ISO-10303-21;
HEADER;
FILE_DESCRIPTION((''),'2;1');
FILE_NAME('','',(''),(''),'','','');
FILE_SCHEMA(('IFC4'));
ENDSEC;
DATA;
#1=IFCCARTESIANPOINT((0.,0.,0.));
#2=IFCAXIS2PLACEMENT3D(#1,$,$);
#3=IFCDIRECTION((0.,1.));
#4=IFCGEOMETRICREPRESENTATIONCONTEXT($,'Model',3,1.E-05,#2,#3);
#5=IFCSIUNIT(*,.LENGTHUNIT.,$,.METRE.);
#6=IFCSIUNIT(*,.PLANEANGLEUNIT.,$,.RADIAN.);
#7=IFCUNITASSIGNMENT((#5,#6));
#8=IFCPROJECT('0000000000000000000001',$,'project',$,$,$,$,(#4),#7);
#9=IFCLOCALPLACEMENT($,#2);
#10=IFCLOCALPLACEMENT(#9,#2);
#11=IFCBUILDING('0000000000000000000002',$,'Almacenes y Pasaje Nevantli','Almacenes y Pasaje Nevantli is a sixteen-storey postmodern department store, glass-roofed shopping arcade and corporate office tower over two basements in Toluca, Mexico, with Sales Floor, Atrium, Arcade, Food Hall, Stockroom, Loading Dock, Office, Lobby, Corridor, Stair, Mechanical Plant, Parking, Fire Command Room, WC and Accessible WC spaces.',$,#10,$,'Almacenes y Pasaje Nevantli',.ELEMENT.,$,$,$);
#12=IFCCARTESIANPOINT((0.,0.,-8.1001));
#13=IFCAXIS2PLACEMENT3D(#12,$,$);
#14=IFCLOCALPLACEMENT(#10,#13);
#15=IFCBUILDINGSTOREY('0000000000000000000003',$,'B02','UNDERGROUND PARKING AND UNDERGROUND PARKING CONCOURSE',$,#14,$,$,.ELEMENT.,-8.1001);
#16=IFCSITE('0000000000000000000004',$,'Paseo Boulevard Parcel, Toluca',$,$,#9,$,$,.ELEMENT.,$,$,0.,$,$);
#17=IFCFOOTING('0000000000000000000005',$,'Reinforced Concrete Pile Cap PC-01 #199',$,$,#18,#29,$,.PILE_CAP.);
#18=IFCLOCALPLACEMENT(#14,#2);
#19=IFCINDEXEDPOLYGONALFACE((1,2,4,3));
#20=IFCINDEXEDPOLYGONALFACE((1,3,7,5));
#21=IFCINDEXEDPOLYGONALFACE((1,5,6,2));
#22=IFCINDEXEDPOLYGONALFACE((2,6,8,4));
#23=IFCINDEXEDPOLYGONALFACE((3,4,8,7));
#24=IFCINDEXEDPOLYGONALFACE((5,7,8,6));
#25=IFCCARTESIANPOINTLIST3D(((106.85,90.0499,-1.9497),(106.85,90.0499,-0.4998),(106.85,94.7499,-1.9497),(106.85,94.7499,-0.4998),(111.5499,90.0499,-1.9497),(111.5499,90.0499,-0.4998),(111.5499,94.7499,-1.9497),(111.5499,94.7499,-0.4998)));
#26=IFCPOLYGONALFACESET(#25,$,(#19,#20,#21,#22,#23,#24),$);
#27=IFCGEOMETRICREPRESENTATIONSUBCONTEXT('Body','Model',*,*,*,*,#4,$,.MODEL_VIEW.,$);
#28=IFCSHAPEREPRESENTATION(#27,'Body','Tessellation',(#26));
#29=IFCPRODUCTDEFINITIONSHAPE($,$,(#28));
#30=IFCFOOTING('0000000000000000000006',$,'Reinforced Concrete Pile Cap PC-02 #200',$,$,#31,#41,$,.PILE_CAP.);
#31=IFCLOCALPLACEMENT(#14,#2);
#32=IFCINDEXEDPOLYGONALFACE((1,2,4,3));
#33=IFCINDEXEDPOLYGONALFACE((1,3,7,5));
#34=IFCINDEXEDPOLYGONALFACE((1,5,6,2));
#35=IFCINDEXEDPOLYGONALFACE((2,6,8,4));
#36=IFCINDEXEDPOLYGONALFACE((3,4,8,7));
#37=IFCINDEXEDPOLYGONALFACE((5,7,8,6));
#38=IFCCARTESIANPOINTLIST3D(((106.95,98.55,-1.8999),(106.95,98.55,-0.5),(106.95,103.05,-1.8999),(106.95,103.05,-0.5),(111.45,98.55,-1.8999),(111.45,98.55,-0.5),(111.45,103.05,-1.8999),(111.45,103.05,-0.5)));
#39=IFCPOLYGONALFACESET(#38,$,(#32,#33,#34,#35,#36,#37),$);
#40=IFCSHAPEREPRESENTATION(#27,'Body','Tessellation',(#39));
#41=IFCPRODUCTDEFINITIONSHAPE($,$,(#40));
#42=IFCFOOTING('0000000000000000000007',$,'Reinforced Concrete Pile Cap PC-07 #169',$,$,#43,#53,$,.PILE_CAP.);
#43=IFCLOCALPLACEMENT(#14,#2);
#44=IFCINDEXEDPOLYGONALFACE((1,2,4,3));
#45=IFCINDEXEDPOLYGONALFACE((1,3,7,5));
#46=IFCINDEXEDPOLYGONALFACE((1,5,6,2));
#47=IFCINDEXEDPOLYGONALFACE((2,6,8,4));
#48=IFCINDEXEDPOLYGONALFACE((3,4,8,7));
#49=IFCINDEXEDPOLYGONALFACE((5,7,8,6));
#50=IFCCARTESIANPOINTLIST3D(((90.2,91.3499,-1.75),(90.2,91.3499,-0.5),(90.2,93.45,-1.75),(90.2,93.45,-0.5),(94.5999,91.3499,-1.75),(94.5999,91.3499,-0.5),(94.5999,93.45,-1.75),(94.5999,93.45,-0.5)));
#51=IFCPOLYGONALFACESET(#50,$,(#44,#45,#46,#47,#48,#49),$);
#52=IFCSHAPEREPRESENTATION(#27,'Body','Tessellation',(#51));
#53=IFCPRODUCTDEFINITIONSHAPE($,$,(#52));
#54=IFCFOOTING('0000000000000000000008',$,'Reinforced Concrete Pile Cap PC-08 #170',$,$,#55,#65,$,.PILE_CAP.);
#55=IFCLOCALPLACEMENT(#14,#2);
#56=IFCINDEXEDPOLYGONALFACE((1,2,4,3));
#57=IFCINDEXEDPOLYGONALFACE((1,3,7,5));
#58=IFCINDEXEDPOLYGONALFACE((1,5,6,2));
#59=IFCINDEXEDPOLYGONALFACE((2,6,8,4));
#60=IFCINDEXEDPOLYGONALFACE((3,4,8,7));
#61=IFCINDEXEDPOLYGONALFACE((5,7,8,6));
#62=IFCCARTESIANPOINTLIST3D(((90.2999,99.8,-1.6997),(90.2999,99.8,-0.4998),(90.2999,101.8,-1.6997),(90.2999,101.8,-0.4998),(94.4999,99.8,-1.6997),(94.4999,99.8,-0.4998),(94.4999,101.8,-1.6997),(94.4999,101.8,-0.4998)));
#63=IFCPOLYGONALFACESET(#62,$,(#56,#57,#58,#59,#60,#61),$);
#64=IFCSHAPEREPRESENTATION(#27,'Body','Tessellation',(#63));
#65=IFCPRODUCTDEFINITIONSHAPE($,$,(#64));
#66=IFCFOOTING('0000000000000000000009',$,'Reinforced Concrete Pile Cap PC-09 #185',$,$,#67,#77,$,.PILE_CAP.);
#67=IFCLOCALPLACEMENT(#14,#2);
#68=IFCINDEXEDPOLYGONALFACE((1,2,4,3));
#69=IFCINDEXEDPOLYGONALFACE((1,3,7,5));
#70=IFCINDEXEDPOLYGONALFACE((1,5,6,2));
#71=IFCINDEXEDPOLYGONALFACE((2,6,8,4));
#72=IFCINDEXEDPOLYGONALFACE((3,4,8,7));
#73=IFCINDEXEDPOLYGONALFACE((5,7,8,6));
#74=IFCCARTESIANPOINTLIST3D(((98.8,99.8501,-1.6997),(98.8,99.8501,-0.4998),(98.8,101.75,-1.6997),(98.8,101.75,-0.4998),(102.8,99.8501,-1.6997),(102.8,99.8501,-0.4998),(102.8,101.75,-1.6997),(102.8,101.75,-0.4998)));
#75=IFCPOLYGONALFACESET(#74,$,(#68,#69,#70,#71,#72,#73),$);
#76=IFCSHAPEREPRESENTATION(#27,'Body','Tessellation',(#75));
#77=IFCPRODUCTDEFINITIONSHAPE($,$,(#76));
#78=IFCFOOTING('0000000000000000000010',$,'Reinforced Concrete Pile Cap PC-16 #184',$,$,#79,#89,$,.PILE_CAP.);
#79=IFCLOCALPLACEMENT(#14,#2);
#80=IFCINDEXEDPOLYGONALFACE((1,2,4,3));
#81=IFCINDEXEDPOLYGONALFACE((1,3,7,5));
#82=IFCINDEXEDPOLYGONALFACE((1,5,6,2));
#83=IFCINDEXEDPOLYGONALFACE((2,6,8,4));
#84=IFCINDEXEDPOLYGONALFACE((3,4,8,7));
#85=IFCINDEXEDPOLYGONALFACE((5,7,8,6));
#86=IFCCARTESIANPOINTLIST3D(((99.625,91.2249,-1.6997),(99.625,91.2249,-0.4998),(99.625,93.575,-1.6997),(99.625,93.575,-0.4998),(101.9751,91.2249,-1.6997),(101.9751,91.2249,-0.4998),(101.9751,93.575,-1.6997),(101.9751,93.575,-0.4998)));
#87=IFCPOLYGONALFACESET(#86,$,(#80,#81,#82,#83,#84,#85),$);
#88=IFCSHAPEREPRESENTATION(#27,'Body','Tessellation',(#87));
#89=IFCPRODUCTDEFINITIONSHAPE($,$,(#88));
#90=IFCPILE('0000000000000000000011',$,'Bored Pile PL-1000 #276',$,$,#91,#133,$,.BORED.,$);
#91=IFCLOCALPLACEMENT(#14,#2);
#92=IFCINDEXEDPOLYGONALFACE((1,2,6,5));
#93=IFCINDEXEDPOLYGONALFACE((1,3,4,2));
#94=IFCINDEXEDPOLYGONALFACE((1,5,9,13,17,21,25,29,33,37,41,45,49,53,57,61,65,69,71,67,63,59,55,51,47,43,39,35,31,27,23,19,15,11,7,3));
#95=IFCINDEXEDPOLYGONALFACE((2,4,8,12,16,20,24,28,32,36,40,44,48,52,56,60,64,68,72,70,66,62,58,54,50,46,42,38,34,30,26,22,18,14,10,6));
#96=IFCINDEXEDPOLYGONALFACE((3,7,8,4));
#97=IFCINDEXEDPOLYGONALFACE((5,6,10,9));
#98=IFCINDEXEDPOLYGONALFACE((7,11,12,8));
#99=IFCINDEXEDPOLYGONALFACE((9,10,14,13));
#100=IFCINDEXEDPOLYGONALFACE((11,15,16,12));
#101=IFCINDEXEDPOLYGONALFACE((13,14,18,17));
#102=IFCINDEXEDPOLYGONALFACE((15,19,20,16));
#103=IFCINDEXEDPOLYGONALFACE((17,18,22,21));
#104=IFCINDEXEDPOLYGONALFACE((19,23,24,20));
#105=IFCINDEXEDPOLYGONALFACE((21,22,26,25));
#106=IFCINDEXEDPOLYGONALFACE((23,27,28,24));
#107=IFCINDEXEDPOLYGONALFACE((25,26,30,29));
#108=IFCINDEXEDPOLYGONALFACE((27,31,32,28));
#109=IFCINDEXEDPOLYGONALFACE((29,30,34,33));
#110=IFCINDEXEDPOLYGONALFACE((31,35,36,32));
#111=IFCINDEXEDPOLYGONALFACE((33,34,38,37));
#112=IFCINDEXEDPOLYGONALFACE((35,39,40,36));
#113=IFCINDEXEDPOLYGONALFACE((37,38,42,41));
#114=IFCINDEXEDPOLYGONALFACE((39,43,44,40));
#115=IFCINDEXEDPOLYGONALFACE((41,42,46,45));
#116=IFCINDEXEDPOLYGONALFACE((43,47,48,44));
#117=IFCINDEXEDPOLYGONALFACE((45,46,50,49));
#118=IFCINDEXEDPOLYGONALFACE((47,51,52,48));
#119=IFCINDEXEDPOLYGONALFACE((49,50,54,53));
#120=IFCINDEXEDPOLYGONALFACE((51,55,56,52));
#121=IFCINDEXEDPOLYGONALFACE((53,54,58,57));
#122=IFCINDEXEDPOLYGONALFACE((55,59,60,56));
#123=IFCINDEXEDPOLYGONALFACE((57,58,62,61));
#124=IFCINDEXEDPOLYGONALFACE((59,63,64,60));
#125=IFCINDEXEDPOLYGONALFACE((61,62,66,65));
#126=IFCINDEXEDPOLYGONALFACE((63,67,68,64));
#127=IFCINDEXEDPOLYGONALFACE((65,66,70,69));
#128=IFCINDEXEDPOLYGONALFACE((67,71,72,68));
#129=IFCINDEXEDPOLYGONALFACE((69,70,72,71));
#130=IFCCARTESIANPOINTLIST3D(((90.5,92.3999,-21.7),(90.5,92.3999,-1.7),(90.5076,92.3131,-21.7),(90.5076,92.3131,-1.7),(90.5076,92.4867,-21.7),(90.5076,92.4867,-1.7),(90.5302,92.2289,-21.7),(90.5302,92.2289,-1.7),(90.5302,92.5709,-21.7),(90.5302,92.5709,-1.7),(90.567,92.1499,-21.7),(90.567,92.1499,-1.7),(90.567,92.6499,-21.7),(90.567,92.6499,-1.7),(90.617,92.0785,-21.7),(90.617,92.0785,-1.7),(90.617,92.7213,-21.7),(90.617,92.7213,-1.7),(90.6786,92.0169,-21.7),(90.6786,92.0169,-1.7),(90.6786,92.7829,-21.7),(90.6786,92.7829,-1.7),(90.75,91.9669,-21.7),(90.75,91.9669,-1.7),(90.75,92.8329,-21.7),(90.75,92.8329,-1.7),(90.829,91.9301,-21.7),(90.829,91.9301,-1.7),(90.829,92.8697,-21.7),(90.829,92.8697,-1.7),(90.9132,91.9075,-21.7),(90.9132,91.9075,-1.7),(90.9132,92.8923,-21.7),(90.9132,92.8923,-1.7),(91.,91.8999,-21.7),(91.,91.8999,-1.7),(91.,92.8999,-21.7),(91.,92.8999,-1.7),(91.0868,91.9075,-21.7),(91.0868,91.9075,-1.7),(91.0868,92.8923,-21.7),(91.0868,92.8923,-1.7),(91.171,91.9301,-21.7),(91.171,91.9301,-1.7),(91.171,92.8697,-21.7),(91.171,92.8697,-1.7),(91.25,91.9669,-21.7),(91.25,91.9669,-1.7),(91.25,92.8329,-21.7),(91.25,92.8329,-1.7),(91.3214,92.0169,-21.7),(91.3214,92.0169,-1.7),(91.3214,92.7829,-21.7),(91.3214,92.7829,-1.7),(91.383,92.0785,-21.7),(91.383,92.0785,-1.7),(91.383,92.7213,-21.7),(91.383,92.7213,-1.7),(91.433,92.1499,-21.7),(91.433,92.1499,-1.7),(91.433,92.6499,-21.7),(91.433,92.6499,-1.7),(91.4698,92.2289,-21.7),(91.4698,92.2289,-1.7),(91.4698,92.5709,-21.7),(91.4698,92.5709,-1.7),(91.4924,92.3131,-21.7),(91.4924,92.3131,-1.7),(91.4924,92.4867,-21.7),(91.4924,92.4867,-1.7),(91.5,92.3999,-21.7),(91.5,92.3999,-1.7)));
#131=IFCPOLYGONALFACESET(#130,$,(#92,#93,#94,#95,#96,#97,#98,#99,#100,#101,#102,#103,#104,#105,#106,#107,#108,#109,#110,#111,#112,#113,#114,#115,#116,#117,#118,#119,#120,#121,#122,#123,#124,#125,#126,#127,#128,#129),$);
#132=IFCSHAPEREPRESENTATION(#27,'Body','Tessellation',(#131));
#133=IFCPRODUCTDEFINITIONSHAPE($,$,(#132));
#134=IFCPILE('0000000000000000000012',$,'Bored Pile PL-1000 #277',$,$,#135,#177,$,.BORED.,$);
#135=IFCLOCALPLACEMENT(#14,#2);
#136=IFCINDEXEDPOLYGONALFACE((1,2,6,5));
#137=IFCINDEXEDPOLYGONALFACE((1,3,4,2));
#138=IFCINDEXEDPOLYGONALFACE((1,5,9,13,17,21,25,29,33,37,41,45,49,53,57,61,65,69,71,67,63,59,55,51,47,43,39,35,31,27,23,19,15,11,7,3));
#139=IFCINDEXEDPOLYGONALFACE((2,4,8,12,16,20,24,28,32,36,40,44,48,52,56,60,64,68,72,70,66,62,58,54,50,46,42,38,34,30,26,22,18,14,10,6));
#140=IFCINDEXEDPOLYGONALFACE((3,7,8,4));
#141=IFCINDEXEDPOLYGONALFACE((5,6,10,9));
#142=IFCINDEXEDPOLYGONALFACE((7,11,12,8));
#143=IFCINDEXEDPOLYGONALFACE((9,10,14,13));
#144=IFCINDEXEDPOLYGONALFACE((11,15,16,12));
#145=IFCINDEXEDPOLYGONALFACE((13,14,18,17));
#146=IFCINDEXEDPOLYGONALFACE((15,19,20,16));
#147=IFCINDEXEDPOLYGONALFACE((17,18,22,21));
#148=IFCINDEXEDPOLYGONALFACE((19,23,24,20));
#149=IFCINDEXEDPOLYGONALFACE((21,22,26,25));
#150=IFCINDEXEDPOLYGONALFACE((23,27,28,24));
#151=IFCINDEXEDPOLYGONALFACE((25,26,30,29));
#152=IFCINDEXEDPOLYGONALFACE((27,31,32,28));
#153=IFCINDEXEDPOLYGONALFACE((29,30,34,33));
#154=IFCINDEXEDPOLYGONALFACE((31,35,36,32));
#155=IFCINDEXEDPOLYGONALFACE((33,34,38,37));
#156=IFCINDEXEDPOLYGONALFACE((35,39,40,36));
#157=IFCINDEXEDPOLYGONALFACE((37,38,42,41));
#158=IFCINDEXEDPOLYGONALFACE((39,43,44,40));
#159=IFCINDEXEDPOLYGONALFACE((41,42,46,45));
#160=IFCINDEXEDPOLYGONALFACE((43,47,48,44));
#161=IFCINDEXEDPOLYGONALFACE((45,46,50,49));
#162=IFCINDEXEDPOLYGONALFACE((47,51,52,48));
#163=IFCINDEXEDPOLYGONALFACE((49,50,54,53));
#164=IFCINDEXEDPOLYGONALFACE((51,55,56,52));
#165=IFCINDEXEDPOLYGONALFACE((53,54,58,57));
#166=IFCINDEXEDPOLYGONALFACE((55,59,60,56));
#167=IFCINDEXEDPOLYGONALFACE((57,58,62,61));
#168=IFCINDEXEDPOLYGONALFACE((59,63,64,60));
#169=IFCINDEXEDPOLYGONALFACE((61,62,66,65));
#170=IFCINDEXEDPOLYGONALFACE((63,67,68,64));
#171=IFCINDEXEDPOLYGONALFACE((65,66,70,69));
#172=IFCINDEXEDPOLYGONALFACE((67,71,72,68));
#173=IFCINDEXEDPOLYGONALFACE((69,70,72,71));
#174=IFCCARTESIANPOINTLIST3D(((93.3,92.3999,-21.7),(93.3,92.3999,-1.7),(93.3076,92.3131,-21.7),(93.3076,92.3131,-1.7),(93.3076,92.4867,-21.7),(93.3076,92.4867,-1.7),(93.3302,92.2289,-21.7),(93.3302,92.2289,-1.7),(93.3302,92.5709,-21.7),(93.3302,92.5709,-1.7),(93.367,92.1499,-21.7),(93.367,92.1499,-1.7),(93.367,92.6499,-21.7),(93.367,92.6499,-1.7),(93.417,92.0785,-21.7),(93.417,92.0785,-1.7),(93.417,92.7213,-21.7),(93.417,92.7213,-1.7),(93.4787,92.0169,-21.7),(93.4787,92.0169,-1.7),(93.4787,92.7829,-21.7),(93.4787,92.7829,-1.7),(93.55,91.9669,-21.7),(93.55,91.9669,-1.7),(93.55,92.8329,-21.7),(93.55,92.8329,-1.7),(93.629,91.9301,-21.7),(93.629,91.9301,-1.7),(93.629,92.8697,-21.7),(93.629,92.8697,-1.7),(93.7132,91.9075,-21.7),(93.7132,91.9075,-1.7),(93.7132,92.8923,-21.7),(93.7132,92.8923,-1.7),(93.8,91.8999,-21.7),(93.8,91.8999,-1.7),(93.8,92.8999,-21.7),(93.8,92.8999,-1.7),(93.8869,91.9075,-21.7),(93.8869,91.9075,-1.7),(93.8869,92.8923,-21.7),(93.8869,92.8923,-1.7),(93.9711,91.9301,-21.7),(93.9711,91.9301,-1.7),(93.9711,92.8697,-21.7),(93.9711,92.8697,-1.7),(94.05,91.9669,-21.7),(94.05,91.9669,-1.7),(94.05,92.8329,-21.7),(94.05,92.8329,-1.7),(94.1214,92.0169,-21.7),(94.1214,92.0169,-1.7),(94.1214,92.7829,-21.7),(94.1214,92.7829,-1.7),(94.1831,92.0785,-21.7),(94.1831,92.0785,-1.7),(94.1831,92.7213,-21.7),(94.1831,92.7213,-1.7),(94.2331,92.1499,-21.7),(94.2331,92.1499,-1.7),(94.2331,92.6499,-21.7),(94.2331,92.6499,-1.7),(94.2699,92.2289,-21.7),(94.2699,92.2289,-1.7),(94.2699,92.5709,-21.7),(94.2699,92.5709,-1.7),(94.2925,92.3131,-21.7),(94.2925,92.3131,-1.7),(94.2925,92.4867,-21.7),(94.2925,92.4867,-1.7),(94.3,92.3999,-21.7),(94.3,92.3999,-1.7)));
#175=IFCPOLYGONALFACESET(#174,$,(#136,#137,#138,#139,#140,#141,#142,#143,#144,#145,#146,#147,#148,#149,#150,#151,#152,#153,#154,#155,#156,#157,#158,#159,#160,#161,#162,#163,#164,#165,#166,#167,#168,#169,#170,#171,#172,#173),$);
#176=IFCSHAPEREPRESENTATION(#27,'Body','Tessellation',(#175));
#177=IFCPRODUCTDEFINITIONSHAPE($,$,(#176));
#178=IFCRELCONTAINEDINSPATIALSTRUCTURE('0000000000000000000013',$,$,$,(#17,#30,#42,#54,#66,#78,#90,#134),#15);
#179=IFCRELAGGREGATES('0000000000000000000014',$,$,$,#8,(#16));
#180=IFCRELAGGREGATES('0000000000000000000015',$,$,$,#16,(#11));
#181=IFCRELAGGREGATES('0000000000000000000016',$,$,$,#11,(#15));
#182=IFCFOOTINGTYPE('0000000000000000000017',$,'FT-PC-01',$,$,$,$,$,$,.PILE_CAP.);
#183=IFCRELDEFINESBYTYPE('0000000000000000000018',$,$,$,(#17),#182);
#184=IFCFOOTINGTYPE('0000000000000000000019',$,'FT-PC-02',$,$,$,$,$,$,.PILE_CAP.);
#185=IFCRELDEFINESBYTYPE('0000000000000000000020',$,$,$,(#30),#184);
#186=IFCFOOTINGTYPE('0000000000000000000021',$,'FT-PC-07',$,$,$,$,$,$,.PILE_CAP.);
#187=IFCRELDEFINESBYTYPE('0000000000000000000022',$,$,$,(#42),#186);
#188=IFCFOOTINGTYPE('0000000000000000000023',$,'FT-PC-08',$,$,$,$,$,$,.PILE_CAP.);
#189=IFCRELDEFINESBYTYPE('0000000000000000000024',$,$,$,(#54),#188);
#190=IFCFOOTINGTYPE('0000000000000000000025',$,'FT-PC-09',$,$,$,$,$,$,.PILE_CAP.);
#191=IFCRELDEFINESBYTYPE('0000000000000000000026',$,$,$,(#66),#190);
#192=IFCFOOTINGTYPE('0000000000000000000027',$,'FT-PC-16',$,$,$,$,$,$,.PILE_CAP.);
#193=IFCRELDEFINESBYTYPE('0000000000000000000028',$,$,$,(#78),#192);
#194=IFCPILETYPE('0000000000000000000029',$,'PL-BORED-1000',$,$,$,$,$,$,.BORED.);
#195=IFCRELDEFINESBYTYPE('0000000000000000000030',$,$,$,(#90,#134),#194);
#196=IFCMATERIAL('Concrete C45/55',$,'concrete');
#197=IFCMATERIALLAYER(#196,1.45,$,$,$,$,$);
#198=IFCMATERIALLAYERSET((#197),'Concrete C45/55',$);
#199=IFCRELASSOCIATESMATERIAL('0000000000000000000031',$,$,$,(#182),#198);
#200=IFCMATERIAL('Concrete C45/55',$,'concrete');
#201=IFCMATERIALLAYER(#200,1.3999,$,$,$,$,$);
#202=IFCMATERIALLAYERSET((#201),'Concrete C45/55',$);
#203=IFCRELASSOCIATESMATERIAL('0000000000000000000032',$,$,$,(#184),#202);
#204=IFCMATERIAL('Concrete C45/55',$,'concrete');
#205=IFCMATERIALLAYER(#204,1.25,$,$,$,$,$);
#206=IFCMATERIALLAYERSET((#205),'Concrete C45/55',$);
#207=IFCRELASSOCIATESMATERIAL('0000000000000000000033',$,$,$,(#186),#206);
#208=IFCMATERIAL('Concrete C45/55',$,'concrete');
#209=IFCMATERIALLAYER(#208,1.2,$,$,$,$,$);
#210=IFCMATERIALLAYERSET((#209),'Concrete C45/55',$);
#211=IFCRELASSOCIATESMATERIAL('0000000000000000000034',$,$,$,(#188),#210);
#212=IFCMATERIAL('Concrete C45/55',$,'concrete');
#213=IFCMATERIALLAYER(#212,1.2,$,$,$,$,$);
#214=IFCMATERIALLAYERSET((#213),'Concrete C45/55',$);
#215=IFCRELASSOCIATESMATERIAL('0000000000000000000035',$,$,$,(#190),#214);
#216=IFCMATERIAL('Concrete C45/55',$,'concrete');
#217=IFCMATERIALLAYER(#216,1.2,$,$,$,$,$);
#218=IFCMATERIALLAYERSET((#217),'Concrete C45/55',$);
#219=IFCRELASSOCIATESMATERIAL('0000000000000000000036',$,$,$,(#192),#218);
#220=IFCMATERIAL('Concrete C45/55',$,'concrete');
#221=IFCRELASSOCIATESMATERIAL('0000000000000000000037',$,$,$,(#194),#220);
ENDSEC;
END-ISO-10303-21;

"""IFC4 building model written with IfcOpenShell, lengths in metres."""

from ifc_helpers import new_model, si_unit, direction, frame, origin, origin_2d, place, context, subcontext, project, spatial, rectangle, circle, extrude, material, layer, layer_set, material_profile, profile_set, type_object, element, save


model = new_model("IFC4")

# Units and contexts
model_context = context("Model", 3, precision=1e-05, world=origin(), true_north=direction((0.0, 1.0)))
body_context = subcontext(model_context, "Body", "Model", "MODEL_VIEW")
ifc_project = project(units=[si_unit("LENGTHUNIT", "METRE"), si_unit("PLANEANGLEUNIT", "RADIAN")], contexts=[model_context])

# Site, building, storey
site_placement = place(None, origin())
site = spatial("IfcSite", under=ifc_project, at=site_placement, Name="Paseo Boulevard Parcel, Toluca", CompositionType="ELEMENT", RefElevation=0.0)
building_placement = place(site_placement, origin())
building = spatial("IfcBuilding", under=site, at=building_placement, Name="Almacenes y Pasaje Nevantli", Description="Almacenes y Pasaje Nevantli is a sixteen-storey postmodern department store, glass-roofed shopping arcade and corporate office tower over two basements in Toluca, Mexico, with Sales Floor, Atrium, Arcade, Food Hall, Stockroom, Loading Dock, Office, Lobby, Corridor, Stair, Mechanical Plant, Parking, Fire Command Room, WC and Accessible WC spaces.", LongName="Almacenes y Pasaje Nevantli", CompositionType="ELEMENT")
storey_placement = place(building_placement, frame((0.0, 0.0, -8.1001)))
storey = spatial("IfcBuildingStorey", under=building, at=storey_placement, Name="B02", Description="UNDERGROUND PARKING AND UNDERGROUND PARKING CONCOURSE", CompositionType="ELEMENT", Elevation=-8.1001)

# Footings
ifc_material_1 = material(Name="Concrete C45/55", Category="concrete")
ifc_layer_1 = layer(ifc_material_1, 1.45)
ifc_layer_set_1 = layer_set([ifc_layer_1], Name="Concrete C45/55")
footing_type_1 = type_object("IfcFootingType", Name="FT-PC-01", PredefinedType="PILE_CAP", material=ifc_layer_set_1)
footing_1_placement = place(storey_placement, frame((109.2, 92.3999, -1.9497), z_axis=(0.0, 0.0, 1.0), x_axis=(1.0, 0.0, 0.0)))
element("IfcFooting", 1, at=footing_1_placement, inside=storey, type_object=footing_type_1, Name="Reinforced Concrete Pile Cap PC-01 #199", PredefinedType="PILE_CAP", context=body_context, shape_type="SweptSolid", body=[
    extrude(rectangle(XDim=4.7, YDim=4.7, at=origin_2d()), origin(), (0.0, 0.0, 1.0), 1.45),
])
ifc_material_2 = material(Name="Concrete C45/55", Category="concrete")
ifc_layer_2 = layer(ifc_material_2, 1.3999)
ifc_layer_set_2 = layer_set([ifc_layer_2], Name="Concrete C45/55")
footing_type_2 = type_object("IfcFootingType", Name="FT-PC-02", PredefinedType="PILE_CAP", material=ifc_layer_set_2)
footing_2_placement = place(storey_placement, frame((109.2, 100.8, -1.8999), z_axis=(0.0, 0.0, 1.0), x_axis=(1.0, 0.0, 0.0)))
element("IfcFooting", 2, at=footing_2_placement, inside=storey, type_object=footing_type_2, Name="Reinforced Concrete Pile Cap PC-02 #200", PredefinedType="PILE_CAP", context=body_context, shape_type="SweptSolid", body=[
    extrude(rectangle(XDim=4.5, YDim=4.5, at=origin_2d()), origin(), (0.0, 0.0, 1.0), 1.3999),
])
ifc_material_3 = material(Name="Concrete C45/55", Category="concrete")
ifc_layer_3 = layer(ifc_material_3, 1.25)
ifc_layer_set_3 = layer_set([ifc_layer_3], Name="Concrete C45/55")
footing_type_3 = type_object("IfcFootingType", Name="FT-PC-07", PredefinedType="PILE_CAP", material=ifc_layer_set_3)
footing_3_placement = place(storey_placement, frame((92.3999, 92.3999, -1.75), z_axis=(0.0, 0.0, 1.0), x_axis=(1.0, 0.0, 0.0)))
element("IfcFooting", 3, at=footing_3_placement, inside=storey, type_object=footing_type_3, Name="Reinforced Concrete Pile Cap PC-07 #169", PredefinedType="PILE_CAP", context=body_context, shape_type="SweptSolid", body=[
    extrude(rectangle(XDim=4.3999, YDim=2.1001, at=origin_2d()), origin(), (0.0, 0.0, 1.0), 1.25),
])
ifc_material_4 = material(Name="Concrete C45/55", Category="concrete")
ifc_layer_4 = layer(ifc_material_4, 1.2)
ifc_layer_set_4 = layer_set([ifc_layer_4], Name="Concrete C45/55")
footing_type_4 = type_object("IfcFootingType", Name="FT-PC-08", PredefinedType="PILE_CAP", material=ifc_layer_set_4)
footing_4_placement = place(storey_placement, frame((92.3999, 100.8, -1.6997), z_axis=(0.0, 0.0, 1.0), x_axis=(1.0, 0.0, 0.0)))
element("IfcFooting", 4, at=footing_4_placement, inside=storey, type_object=footing_type_4, Name="Reinforced Concrete Pile Cap PC-08 #170", PredefinedType="PILE_CAP", context=body_context, shape_type="SweptSolid", body=[
    extrude(rectangle(XDim=4.2, YDim=2.0, at=origin_2d()), origin(), (0.0, 0.0, 1.0), 1.2),
])
ifc_material_5 = material(Name="Concrete C45/55", Category="concrete")
ifc_layer_5 = layer(ifc_material_5, 1.2)
ifc_layer_set_5 = layer_set([ifc_layer_5], Name="Concrete C45/55")
footing_type_5 = type_object("IfcFootingType", Name="FT-PC-09", PredefinedType="PILE_CAP", material=ifc_layer_set_5)
footing_5_placement = place(storey_placement, frame((100.8, 100.8, -1.6997), z_axis=(0.0, 0.0, 1.0), x_axis=(1.0, 0.0, 0.0)))
element("IfcFooting", 5, at=footing_5_placement, inside=storey, type_object=footing_type_5, Name="Reinforced Concrete Pile Cap PC-09 #185", PredefinedType="PILE_CAP", context=body_context, shape_type="SweptSolid", body=[
    extrude(rectangle(XDim=4.0, YDim=1.8999, at=origin_2d()), origin(), (0.0, 0.0, 1.0), 1.2),
])
ifc_material_6 = material(Name="Concrete C45/55", Category="concrete")
ifc_layer_6 = layer(ifc_material_6, 1.2)
ifc_layer_set_6 = layer_set([ifc_layer_6], Name="Concrete C45/55")
footing_type_6 = type_object("IfcFootingType", Name="FT-PC-16", PredefinedType="PILE_CAP", material=ifc_layer_set_6)
footing_6_placement = place(storey_placement, frame((100.8, 92.3999, -1.6997), z_axis=(0.0, 0.0, 1.0), x_axis=(1.0, 0.0, 0.0)))
element("IfcFooting", 6, at=footing_6_placement, inside=storey, type_object=footing_type_6, Name="Reinforced Concrete Pile Cap PC-16 #184", PredefinedType="PILE_CAP", context=body_context, shape_type="SweptSolid", body=[
    extrude(rectangle(XDim=2.3501, YDim=2.3501, at=origin_2d()), origin(), (0.0, 0.0, 1.0), 1.2),
])

# Piles
ifc_material_7 = material(Name="Concrete C45/55", Category="concrete")
ifc_material_profile_1 = material_profile(ifc_material_7, circle(Radius=0.5, at=origin_2d()), Name="RC-PILE-D1000")
ifc_profile_set_1 = profile_set([ifc_material_profile_1], Name="Concrete C45/55")
pile_type_1 = type_object("IfcPileType", Name="PL-BORED-1000", PredefinedType="BORED", material=ifc_profile_set_1)
for number, where, z_axis, x_axis, name in (
    (7, (91.0, 92.3999, -1.7), (0.0, 0.0, -1.0), (1.0, 0.0, 0.0), "Bored Pile PL-1000 #276"),
    (8, (93.8, 92.3999, -1.7), (0.0, 0.0, -1.0), (1.0, 0.0, 0.0), "Bored Pile PL-1000 #277"),
):
    element("IfcPile", number, at=place(storey_placement, frame(where, z_axis=z_axis, x_axis=x_axis)), inside=storey, type_object=pile_type_1, Name=name, PredefinedType="BORED", context=body_context, shape_type="SweptSolid", body=[
        extrude(circle(Radius=0.5, at=origin_2d()), origin(), (0.0, 0.0, 1.0), 20.0),
    ])

save(model, "model.ifc")
